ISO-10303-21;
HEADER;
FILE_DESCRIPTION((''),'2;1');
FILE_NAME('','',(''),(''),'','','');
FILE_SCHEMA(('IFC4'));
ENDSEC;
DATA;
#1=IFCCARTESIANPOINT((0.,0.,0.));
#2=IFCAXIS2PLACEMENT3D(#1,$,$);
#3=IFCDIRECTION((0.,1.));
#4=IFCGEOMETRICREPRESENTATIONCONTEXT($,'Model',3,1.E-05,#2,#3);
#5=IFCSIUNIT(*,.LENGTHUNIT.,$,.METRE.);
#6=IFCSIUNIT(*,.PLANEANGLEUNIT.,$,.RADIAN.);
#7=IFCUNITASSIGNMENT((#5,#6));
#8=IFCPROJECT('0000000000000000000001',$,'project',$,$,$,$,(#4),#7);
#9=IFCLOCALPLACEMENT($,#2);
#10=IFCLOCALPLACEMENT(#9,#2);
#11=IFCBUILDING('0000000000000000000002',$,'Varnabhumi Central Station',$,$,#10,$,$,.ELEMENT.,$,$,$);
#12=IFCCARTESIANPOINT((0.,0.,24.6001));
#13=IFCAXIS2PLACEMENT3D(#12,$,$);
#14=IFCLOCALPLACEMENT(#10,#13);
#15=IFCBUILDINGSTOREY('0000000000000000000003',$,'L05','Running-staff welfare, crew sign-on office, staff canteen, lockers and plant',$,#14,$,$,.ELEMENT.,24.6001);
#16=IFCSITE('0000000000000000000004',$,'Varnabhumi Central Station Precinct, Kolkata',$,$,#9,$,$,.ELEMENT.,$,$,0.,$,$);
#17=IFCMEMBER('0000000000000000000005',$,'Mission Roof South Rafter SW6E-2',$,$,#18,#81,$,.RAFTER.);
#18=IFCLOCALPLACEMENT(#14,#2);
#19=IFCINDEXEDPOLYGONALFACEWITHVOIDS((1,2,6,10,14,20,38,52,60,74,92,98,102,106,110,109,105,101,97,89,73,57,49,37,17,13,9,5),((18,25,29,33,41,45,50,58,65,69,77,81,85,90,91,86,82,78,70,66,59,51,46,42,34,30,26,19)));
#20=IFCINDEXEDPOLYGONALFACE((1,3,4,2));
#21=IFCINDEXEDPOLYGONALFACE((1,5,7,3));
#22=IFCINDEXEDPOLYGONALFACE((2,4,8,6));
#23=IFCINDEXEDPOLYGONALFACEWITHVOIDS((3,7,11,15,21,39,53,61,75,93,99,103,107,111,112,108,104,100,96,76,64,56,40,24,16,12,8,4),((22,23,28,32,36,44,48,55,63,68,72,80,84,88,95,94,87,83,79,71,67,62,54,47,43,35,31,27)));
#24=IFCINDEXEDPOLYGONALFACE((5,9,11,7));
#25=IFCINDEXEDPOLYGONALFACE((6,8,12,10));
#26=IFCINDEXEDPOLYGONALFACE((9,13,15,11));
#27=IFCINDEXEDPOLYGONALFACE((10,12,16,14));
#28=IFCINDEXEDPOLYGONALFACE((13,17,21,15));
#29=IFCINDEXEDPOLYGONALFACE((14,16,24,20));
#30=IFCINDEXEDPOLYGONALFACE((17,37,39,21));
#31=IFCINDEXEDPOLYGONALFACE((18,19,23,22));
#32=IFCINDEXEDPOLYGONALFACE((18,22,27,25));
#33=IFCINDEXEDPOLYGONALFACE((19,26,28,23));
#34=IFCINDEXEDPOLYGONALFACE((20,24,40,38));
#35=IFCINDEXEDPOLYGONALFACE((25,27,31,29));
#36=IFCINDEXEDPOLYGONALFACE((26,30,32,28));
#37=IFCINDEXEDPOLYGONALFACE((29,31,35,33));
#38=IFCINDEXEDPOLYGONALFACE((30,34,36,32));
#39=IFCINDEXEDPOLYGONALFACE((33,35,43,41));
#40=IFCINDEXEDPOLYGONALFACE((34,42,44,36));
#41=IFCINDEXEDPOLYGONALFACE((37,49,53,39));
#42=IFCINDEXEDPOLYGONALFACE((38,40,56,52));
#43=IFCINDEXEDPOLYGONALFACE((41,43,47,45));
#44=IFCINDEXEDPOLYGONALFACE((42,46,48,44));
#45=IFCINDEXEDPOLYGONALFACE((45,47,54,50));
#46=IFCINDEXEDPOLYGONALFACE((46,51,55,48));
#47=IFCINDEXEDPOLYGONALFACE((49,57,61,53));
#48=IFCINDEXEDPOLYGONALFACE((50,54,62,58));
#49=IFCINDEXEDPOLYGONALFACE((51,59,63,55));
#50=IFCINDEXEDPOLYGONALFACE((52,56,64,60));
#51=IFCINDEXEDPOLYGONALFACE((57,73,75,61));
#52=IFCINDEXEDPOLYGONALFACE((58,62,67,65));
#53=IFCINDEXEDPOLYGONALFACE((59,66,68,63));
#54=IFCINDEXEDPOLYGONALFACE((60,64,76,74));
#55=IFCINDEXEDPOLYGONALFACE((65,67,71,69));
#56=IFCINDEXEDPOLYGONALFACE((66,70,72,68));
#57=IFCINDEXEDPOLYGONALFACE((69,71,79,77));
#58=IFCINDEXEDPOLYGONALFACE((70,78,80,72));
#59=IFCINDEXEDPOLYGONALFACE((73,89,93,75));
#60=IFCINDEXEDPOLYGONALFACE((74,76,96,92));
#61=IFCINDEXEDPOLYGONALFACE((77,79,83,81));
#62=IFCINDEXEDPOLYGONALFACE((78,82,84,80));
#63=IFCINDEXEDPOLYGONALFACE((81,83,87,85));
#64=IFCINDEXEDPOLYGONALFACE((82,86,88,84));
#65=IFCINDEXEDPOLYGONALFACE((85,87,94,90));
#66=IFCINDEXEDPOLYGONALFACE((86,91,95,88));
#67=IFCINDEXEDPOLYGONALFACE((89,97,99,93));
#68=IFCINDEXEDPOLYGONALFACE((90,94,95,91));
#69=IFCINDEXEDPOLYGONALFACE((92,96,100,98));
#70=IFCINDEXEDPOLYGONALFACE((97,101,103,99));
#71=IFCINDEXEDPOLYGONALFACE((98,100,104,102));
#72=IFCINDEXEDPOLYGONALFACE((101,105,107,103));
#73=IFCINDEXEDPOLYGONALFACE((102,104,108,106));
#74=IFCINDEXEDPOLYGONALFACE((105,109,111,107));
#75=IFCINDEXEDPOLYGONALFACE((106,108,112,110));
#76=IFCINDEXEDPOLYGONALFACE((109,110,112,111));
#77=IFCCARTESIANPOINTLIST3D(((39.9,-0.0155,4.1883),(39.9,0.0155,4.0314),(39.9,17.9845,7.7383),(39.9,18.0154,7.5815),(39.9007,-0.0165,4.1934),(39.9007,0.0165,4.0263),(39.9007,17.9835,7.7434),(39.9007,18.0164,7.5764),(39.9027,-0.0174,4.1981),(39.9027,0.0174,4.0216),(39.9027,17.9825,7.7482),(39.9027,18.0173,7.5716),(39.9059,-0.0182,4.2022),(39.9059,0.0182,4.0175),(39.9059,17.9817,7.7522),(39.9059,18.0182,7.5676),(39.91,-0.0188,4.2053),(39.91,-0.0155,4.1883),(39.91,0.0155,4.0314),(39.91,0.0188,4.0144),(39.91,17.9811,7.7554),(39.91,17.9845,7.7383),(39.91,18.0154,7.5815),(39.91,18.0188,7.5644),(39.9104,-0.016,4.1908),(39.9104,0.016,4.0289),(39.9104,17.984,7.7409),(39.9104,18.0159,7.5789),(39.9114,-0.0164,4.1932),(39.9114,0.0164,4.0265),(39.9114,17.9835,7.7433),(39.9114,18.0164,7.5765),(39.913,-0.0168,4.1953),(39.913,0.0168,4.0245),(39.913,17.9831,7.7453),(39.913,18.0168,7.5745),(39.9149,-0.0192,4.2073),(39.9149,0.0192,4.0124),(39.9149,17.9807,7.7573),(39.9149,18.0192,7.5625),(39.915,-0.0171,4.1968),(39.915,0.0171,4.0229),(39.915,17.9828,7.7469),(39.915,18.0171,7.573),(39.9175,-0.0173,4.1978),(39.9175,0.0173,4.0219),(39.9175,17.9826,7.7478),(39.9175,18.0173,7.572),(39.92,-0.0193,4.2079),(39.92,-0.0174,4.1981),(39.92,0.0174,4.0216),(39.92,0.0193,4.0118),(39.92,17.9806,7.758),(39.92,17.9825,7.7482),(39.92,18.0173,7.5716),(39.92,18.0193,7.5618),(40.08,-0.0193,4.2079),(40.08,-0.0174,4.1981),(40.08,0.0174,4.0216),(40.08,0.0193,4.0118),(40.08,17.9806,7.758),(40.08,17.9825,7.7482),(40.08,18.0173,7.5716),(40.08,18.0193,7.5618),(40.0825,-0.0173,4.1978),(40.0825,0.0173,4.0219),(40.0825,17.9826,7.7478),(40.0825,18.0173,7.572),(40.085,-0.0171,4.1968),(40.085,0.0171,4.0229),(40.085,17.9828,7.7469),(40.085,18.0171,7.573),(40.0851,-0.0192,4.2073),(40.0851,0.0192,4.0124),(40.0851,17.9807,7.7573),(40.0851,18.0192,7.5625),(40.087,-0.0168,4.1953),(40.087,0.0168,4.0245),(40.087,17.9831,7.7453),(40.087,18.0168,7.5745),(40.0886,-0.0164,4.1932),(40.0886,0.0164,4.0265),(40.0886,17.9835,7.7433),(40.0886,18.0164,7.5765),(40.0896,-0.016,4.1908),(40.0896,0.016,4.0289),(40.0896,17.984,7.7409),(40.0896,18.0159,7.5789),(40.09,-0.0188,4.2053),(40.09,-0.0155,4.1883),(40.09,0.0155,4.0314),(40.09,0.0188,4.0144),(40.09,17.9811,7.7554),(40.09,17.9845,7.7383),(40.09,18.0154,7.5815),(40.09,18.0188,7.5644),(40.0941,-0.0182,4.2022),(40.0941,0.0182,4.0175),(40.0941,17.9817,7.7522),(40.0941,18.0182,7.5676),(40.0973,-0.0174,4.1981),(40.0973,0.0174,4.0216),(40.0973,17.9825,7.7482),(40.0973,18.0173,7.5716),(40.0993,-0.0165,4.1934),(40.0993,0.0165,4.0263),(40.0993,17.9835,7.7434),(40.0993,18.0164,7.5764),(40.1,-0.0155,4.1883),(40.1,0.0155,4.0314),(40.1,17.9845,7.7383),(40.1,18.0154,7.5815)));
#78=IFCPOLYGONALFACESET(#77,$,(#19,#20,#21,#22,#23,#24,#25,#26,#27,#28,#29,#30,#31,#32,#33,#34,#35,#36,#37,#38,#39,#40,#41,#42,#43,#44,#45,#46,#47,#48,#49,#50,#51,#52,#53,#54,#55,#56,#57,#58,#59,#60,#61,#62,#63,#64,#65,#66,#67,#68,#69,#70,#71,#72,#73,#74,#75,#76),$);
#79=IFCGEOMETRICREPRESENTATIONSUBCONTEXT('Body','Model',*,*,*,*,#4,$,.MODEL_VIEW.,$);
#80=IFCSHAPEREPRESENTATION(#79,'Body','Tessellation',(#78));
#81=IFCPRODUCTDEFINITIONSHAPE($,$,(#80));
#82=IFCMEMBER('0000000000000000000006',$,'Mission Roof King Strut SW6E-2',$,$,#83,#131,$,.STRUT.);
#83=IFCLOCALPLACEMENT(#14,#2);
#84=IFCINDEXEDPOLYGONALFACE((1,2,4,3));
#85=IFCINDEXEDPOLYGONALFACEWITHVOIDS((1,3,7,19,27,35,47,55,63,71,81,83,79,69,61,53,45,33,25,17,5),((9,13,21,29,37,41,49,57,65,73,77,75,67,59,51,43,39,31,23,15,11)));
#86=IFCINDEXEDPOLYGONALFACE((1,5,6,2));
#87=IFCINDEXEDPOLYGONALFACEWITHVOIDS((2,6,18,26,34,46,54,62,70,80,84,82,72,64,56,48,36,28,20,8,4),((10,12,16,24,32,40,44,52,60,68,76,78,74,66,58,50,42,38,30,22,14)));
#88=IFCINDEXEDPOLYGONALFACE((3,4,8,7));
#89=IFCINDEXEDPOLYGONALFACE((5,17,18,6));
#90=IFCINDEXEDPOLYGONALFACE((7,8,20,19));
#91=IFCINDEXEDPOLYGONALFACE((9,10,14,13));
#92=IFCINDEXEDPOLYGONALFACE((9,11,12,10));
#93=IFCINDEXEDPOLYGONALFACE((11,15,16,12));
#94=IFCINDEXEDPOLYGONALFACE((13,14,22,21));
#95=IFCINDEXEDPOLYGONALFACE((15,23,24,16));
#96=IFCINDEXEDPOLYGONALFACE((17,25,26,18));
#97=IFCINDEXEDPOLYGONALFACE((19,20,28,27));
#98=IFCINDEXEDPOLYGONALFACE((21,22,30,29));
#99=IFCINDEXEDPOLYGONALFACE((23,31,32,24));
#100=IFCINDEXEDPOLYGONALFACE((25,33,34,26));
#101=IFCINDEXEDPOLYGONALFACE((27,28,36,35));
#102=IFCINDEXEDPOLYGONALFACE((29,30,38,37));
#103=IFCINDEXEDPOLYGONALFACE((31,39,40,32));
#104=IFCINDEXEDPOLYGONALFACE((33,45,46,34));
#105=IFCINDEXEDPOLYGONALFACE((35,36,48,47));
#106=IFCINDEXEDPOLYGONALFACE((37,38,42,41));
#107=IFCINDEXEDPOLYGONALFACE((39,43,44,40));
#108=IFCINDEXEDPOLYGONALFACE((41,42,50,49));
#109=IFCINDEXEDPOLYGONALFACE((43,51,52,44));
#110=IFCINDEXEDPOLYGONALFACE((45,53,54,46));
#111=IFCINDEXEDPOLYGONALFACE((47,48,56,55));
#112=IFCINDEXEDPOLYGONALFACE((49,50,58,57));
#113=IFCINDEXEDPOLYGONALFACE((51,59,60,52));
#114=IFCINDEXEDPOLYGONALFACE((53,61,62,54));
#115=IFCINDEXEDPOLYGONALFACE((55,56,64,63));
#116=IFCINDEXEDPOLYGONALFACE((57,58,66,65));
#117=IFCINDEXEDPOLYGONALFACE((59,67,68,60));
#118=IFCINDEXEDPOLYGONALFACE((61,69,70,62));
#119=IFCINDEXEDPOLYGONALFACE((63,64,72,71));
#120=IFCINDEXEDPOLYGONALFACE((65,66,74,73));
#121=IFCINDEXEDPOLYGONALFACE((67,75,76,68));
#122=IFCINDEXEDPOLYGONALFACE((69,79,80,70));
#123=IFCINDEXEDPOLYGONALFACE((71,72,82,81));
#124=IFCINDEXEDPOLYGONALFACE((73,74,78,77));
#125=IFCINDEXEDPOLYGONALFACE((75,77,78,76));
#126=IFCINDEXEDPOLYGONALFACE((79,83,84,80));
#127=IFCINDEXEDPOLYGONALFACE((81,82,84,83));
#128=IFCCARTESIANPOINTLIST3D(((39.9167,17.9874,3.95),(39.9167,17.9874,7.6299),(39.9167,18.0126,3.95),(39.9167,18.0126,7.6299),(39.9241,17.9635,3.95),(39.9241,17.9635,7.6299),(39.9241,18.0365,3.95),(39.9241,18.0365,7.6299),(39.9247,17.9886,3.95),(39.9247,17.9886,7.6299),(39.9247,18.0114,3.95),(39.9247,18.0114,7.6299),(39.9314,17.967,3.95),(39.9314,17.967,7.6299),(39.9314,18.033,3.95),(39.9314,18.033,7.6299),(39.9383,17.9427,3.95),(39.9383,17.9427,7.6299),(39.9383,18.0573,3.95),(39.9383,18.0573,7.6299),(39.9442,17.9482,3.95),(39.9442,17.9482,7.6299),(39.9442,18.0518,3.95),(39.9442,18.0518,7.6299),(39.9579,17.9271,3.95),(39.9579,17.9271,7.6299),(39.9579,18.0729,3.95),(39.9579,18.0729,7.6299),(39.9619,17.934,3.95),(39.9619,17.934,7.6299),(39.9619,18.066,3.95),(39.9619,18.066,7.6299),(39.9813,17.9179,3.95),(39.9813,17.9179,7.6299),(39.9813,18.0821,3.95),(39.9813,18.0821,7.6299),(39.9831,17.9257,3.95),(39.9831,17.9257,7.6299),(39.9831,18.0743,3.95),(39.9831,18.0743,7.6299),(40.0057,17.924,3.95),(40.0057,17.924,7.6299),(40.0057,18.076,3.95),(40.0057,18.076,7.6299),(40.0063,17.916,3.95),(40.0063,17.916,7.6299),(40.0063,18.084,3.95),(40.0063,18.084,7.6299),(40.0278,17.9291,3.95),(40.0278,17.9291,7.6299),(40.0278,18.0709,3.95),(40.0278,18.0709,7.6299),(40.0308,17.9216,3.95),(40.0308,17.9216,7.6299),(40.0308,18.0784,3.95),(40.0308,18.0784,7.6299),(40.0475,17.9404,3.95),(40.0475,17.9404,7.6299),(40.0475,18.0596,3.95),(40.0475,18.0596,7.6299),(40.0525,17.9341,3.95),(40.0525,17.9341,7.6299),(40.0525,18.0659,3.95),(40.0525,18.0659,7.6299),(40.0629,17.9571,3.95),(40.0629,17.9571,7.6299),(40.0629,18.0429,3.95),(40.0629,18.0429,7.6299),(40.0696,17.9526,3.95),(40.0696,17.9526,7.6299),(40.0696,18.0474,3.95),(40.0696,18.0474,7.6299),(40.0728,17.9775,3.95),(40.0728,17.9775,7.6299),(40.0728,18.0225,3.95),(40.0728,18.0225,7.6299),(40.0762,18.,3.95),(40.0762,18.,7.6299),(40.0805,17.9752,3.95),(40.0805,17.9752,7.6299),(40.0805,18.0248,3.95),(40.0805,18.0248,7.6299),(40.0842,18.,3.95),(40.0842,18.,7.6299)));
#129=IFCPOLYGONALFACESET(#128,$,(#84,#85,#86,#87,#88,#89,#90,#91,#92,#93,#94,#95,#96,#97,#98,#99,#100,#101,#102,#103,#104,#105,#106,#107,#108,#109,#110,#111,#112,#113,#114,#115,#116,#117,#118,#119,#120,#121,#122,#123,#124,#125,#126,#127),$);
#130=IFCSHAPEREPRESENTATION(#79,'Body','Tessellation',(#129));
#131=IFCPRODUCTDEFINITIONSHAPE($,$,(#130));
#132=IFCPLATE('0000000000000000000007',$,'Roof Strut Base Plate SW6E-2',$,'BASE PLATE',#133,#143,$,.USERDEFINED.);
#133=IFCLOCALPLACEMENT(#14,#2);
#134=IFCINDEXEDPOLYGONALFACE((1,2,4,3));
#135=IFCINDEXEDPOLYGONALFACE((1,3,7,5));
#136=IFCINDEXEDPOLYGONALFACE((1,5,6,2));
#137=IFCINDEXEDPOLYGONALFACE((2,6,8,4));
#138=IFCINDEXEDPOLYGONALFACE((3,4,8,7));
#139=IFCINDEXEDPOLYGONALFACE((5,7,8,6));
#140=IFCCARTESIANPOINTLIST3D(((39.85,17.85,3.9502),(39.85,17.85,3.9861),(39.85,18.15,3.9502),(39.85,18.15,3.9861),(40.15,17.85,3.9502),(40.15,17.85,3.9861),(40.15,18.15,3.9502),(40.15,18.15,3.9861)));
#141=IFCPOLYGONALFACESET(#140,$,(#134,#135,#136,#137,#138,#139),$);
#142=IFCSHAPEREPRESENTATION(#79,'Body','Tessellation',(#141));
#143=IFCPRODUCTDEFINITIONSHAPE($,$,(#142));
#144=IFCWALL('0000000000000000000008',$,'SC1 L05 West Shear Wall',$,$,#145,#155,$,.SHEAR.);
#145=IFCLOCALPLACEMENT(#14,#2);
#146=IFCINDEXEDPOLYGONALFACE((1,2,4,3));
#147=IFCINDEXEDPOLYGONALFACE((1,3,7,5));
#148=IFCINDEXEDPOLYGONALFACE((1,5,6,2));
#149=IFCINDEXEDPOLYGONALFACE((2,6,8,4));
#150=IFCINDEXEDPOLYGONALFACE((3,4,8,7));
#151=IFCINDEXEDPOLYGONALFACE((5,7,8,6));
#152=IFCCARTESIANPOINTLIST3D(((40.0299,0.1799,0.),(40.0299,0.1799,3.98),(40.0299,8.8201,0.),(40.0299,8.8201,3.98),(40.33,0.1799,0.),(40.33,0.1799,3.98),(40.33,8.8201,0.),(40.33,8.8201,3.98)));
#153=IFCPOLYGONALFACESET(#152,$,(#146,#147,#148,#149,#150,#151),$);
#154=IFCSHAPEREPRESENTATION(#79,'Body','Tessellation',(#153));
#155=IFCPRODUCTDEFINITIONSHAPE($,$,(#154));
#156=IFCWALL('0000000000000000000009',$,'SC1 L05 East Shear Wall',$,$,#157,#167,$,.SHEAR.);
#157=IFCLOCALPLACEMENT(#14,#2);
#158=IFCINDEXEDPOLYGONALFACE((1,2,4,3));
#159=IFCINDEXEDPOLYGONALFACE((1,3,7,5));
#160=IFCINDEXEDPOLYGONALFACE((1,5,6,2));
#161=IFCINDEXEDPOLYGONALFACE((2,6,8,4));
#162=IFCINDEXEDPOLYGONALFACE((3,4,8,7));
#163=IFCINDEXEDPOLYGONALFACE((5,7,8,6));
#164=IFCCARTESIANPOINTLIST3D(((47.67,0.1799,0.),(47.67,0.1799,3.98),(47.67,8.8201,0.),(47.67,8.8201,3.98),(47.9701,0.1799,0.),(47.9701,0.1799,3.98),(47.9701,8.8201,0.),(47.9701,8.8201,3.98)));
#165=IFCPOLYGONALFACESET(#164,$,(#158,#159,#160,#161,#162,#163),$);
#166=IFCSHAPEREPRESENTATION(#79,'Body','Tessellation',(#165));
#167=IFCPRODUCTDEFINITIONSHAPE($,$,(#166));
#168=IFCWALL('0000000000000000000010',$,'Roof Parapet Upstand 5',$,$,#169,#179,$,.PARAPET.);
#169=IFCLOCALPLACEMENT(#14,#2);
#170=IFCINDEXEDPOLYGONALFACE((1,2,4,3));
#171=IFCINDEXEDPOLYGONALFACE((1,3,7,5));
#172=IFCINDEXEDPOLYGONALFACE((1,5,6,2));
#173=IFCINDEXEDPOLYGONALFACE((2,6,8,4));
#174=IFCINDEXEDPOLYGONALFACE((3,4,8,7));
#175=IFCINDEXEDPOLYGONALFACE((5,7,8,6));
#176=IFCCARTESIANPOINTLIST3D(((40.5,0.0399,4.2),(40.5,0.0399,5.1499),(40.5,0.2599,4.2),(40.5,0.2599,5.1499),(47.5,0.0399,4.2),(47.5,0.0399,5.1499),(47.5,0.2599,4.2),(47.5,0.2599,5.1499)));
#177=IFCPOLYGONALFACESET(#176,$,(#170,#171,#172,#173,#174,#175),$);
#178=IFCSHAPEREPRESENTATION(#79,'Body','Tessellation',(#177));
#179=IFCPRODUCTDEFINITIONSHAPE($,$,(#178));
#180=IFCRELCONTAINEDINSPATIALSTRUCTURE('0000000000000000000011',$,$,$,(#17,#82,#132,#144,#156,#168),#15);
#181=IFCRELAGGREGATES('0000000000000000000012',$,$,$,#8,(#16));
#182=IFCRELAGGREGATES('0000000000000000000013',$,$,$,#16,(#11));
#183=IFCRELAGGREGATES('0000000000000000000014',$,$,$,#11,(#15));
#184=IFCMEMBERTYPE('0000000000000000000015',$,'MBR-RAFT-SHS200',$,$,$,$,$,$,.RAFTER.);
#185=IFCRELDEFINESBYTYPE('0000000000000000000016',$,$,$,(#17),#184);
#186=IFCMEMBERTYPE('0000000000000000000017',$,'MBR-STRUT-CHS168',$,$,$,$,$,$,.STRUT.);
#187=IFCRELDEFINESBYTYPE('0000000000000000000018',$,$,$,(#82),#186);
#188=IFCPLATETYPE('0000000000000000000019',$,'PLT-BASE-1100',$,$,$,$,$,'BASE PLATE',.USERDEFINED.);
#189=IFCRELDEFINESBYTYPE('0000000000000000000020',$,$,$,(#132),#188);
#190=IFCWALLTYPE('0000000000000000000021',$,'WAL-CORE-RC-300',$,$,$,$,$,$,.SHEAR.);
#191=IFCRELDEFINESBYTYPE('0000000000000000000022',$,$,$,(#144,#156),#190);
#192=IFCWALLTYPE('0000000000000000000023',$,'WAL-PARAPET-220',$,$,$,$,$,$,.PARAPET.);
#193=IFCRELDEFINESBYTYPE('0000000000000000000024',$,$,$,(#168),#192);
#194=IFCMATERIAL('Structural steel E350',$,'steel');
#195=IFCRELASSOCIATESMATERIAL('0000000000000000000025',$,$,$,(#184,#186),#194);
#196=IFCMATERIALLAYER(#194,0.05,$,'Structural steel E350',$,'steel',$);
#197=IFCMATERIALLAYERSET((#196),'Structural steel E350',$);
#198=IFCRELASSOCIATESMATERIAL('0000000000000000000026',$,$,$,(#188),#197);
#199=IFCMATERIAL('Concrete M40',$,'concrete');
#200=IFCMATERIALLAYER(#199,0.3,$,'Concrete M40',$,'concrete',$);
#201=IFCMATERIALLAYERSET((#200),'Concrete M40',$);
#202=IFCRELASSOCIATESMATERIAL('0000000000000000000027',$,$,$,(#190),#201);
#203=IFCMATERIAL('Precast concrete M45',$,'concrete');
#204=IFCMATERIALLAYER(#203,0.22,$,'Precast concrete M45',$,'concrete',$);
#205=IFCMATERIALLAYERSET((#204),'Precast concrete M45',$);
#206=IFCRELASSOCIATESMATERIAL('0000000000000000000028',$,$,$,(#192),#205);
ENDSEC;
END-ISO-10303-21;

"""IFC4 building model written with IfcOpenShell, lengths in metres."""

from ifc_helpers import new_model, si_unit, direction, frame, frame_2d, origin, origin_2d, place, context, subcontext, project, spatial, rectangle, hollow_rectangle, hollow_circle, extrude, material, layer, layer_set, material_profile, profile_set, type_object, element, save


model = new_model("IFC4")

# Units and contexts
model_context = context("Model", 3, precision=1e-05, world=origin(), true_north=direction((0.0, 1.0)))
body_context = subcontext(model_context, "Body", "Model", "MODEL_VIEW")
ifc_project = project(units=[si_unit("LENGTHUNIT", "METRE"), si_unit("PLANEANGLEUNIT", "RADIAN")], contexts=[model_context])

# Site, building, storey
site_placement = place(None, origin())
site = spatial("IfcSite", under=ifc_project, at=site_placement, Name="Varnabhumi Central Station Precinct, Kolkata", CompositionType="ELEMENT", RefElevation=0.0)
building_placement = place(site_placement, origin())
building = spatial("IfcBuilding", under=site, at=building_placement, Name="Varnabhumi Central Station", CompositionType="ELEMENT")
storey_placement = place(building_placement, frame((0.0, 0.0, 24.6001)))
storey = spatial("IfcBuildingStorey", under=building, at=storey_placement, Name="L05", Description="Running-staff welfare, crew sign-on office, staff canteen, lockers and plant", CompositionType="ELEMENT", Elevation=24.6001)

# Shared definitions
ifc_material_1 = material(Name="Concrete M40", Category="concrete")
ifc_material_2 = material(Name="Structural steel E350", Category="steel")

# Members
ifc_material_profile_1 = material_profile(ifc_material_2, hollow_rectangle(XDim=0.2, YDim=0.2, WallThickness=0.01, InnerFilletRadius=0.01, OuterFilletRadius=0.02, at=origin_2d()), Name="Structural steel E350", Category="steel")
ifc_profile_set_1 = profile_set([ifc_material_profile_1], Name="Structural steel E350")
member_type_1 = type_object("IfcMemberType", Name="MBR-RAFT-SHS200", PredefinedType="RAFTER", material=ifc_profile_set_1)
member_1_placement = place(storey_placement, frame((40.0, 0.0, 4.1099), z_axis=(0.0, 0.981101, 0.193498), x_axis=(-1.0, 0.0, 0.0)))
element("IfcMember", 1, at=member_1_placement, inside=storey, type_object=member_type_1, Name="Mission Roof South Rafter SW6E-2", PredefinedType="RAFTER", context=body_context, shape_type="SweptSolid", body=[
    extrude(hollow_rectangle(XDim=0.2, YDim=0.2, WallThickness=0.01, InnerFilletRadius=0.01, OuterFilletRadius=0.02, at=origin_2d()), origin(), (0.0, 0.0, 1.0), 18.3467),
])
ifc_material_profile_2 = material_profile(ifc_material_2, hollow_circle(Radius=0.0842, WallThickness=0.0081, at=origin_2d()), Name="Structural steel E350", Category="steel")
ifc_profile_set_2 = profile_set([ifc_material_profile_2], Name="Structural steel E350")
member_type_2 = type_object("IfcMemberType", Name="MBR-STRUT-CHS168", PredefinedType="STRUT", material=ifc_profile_set_2)
member_2_placement = place(storey_placement, frame((40.0, 18.0, 3.95), z_axis=(0.0, 0.0, 1.0), x_axis=(1.0, 0.0, 0.0)))
element("IfcMember", 2, at=member_2_placement, inside=storey, type_object=member_type_2, Name="Mission Roof King Strut SW6E-2", PredefinedType="STRUT", context=body_context, shape_type="SweptSolid", body=[
    extrude(hollow_circle(Radius=0.0842, WallThickness=0.0081, at=origin_2d()), origin(), (0.0, 0.0, 1.0), 3.6799),
])

# Plate
ifc_layer_1 = layer(ifc_material_2, 0.05, Name="Structural steel E350", Category="steel")
ifc_layer_set_1 = layer_set([ifc_layer_1], Name="Structural steel E350")
plate_type = type_object("IfcPlateType", Name="PLT-BASE-1100", ElementType="BASE PLATE", PredefinedType="USERDEFINED", material=ifc_layer_set_1)
plate_placement = place(storey_placement, frame((40.0, 18.0, 3.9502), z_axis=(0.0, 0.0, 1.0), x_axis=(1.0, 0.0, 0.0)))
element("IfcPlate", 3, at=plate_placement, inside=storey, type_object=plate_type, Name="Roof Strut Base Plate SW6E-2", ObjectType="BASE PLATE", PredefinedType="USERDEFINED", context=body_context, shape_type="SweptSolid", body=[
    extrude(rectangle(XDim=0.3, YDim=0.3, at=origin_2d()), origin(), (0.0, 0.0, 1.0), 0.0359),
])

# Walls
ifc_layer_2 = layer(ifc_material_1, 0.3, Name="Concrete M40", Category="concrete")
ifc_layer_set_2 = layer_set([ifc_layer_2], Name="Concrete M40")
wall_type_1 = type_object("IfcWallType", Name="WAL-CORE-RC-300", PredefinedType="SHEAR", material=ifc_layer_set_2)
for number, where, z_axis, x_axis, name in (
    (4, (40.1799, 0.1799, 0.0), (0.0, 0.0, 1.0), (0.0, 1.0, 0.0), "SC1 L05 West Shear Wall"),
    (5, (47.8201, 0.1799, 0.0), (0.0, 0.0, 1.0), (0.0, 1.0, 0.0), "SC1 L05 East Shear Wall"),
):
    element("IfcWall", number, at=place(storey_placement, frame(where, z_axis=z_axis, x_axis=x_axis)), inside=storey, type_object=wall_type_1, Name=name, PredefinedType="SHEAR", context=body_context, shape_type="SweptSolid", body=[
        extrude(rectangle(XDim=8.6401, YDim=0.3, at=frame_2d((4.3201, 0.0))), origin(), (0.0, 0.0, 1.0), 3.98),
    ])

# Wall
ifc_material_3 = material(Name="Precast concrete M45", Category="concrete")
ifc_layer_3 = layer(ifc_material_3, 0.22, Name="Precast concrete M45", Category="concrete")
ifc_layer_set_3 = layer_set([ifc_layer_3], Name="Precast concrete M45")
wall_type_2 = type_object("IfcWallType", Name="WAL-PARAPET-220", PredefinedType="PARAPET", material=ifc_layer_set_3)
wall_1_placement = place(storey_placement, frame((40.5, 0.1499, 4.2), z_axis=(0.0, 0.0, 1.0), x_axis=(1.0, 0.0, 0.0)))
element("IfcWall", 6, at=wall_1_placement, inside=storey, type_object=wall_type_2, Name="Roof Parapet Upstand 5", PredefinedType="PARAPET", context=body_context, shape_type="SweptSolid", body=[
    extrude(rectangle(XDim=7.0, YDim=0.22, at=frame_2d((3.5, 0.0))), origin(), (0.0, 0.0, 1.0), 0.95),
])

save(model, "model.ifc")
